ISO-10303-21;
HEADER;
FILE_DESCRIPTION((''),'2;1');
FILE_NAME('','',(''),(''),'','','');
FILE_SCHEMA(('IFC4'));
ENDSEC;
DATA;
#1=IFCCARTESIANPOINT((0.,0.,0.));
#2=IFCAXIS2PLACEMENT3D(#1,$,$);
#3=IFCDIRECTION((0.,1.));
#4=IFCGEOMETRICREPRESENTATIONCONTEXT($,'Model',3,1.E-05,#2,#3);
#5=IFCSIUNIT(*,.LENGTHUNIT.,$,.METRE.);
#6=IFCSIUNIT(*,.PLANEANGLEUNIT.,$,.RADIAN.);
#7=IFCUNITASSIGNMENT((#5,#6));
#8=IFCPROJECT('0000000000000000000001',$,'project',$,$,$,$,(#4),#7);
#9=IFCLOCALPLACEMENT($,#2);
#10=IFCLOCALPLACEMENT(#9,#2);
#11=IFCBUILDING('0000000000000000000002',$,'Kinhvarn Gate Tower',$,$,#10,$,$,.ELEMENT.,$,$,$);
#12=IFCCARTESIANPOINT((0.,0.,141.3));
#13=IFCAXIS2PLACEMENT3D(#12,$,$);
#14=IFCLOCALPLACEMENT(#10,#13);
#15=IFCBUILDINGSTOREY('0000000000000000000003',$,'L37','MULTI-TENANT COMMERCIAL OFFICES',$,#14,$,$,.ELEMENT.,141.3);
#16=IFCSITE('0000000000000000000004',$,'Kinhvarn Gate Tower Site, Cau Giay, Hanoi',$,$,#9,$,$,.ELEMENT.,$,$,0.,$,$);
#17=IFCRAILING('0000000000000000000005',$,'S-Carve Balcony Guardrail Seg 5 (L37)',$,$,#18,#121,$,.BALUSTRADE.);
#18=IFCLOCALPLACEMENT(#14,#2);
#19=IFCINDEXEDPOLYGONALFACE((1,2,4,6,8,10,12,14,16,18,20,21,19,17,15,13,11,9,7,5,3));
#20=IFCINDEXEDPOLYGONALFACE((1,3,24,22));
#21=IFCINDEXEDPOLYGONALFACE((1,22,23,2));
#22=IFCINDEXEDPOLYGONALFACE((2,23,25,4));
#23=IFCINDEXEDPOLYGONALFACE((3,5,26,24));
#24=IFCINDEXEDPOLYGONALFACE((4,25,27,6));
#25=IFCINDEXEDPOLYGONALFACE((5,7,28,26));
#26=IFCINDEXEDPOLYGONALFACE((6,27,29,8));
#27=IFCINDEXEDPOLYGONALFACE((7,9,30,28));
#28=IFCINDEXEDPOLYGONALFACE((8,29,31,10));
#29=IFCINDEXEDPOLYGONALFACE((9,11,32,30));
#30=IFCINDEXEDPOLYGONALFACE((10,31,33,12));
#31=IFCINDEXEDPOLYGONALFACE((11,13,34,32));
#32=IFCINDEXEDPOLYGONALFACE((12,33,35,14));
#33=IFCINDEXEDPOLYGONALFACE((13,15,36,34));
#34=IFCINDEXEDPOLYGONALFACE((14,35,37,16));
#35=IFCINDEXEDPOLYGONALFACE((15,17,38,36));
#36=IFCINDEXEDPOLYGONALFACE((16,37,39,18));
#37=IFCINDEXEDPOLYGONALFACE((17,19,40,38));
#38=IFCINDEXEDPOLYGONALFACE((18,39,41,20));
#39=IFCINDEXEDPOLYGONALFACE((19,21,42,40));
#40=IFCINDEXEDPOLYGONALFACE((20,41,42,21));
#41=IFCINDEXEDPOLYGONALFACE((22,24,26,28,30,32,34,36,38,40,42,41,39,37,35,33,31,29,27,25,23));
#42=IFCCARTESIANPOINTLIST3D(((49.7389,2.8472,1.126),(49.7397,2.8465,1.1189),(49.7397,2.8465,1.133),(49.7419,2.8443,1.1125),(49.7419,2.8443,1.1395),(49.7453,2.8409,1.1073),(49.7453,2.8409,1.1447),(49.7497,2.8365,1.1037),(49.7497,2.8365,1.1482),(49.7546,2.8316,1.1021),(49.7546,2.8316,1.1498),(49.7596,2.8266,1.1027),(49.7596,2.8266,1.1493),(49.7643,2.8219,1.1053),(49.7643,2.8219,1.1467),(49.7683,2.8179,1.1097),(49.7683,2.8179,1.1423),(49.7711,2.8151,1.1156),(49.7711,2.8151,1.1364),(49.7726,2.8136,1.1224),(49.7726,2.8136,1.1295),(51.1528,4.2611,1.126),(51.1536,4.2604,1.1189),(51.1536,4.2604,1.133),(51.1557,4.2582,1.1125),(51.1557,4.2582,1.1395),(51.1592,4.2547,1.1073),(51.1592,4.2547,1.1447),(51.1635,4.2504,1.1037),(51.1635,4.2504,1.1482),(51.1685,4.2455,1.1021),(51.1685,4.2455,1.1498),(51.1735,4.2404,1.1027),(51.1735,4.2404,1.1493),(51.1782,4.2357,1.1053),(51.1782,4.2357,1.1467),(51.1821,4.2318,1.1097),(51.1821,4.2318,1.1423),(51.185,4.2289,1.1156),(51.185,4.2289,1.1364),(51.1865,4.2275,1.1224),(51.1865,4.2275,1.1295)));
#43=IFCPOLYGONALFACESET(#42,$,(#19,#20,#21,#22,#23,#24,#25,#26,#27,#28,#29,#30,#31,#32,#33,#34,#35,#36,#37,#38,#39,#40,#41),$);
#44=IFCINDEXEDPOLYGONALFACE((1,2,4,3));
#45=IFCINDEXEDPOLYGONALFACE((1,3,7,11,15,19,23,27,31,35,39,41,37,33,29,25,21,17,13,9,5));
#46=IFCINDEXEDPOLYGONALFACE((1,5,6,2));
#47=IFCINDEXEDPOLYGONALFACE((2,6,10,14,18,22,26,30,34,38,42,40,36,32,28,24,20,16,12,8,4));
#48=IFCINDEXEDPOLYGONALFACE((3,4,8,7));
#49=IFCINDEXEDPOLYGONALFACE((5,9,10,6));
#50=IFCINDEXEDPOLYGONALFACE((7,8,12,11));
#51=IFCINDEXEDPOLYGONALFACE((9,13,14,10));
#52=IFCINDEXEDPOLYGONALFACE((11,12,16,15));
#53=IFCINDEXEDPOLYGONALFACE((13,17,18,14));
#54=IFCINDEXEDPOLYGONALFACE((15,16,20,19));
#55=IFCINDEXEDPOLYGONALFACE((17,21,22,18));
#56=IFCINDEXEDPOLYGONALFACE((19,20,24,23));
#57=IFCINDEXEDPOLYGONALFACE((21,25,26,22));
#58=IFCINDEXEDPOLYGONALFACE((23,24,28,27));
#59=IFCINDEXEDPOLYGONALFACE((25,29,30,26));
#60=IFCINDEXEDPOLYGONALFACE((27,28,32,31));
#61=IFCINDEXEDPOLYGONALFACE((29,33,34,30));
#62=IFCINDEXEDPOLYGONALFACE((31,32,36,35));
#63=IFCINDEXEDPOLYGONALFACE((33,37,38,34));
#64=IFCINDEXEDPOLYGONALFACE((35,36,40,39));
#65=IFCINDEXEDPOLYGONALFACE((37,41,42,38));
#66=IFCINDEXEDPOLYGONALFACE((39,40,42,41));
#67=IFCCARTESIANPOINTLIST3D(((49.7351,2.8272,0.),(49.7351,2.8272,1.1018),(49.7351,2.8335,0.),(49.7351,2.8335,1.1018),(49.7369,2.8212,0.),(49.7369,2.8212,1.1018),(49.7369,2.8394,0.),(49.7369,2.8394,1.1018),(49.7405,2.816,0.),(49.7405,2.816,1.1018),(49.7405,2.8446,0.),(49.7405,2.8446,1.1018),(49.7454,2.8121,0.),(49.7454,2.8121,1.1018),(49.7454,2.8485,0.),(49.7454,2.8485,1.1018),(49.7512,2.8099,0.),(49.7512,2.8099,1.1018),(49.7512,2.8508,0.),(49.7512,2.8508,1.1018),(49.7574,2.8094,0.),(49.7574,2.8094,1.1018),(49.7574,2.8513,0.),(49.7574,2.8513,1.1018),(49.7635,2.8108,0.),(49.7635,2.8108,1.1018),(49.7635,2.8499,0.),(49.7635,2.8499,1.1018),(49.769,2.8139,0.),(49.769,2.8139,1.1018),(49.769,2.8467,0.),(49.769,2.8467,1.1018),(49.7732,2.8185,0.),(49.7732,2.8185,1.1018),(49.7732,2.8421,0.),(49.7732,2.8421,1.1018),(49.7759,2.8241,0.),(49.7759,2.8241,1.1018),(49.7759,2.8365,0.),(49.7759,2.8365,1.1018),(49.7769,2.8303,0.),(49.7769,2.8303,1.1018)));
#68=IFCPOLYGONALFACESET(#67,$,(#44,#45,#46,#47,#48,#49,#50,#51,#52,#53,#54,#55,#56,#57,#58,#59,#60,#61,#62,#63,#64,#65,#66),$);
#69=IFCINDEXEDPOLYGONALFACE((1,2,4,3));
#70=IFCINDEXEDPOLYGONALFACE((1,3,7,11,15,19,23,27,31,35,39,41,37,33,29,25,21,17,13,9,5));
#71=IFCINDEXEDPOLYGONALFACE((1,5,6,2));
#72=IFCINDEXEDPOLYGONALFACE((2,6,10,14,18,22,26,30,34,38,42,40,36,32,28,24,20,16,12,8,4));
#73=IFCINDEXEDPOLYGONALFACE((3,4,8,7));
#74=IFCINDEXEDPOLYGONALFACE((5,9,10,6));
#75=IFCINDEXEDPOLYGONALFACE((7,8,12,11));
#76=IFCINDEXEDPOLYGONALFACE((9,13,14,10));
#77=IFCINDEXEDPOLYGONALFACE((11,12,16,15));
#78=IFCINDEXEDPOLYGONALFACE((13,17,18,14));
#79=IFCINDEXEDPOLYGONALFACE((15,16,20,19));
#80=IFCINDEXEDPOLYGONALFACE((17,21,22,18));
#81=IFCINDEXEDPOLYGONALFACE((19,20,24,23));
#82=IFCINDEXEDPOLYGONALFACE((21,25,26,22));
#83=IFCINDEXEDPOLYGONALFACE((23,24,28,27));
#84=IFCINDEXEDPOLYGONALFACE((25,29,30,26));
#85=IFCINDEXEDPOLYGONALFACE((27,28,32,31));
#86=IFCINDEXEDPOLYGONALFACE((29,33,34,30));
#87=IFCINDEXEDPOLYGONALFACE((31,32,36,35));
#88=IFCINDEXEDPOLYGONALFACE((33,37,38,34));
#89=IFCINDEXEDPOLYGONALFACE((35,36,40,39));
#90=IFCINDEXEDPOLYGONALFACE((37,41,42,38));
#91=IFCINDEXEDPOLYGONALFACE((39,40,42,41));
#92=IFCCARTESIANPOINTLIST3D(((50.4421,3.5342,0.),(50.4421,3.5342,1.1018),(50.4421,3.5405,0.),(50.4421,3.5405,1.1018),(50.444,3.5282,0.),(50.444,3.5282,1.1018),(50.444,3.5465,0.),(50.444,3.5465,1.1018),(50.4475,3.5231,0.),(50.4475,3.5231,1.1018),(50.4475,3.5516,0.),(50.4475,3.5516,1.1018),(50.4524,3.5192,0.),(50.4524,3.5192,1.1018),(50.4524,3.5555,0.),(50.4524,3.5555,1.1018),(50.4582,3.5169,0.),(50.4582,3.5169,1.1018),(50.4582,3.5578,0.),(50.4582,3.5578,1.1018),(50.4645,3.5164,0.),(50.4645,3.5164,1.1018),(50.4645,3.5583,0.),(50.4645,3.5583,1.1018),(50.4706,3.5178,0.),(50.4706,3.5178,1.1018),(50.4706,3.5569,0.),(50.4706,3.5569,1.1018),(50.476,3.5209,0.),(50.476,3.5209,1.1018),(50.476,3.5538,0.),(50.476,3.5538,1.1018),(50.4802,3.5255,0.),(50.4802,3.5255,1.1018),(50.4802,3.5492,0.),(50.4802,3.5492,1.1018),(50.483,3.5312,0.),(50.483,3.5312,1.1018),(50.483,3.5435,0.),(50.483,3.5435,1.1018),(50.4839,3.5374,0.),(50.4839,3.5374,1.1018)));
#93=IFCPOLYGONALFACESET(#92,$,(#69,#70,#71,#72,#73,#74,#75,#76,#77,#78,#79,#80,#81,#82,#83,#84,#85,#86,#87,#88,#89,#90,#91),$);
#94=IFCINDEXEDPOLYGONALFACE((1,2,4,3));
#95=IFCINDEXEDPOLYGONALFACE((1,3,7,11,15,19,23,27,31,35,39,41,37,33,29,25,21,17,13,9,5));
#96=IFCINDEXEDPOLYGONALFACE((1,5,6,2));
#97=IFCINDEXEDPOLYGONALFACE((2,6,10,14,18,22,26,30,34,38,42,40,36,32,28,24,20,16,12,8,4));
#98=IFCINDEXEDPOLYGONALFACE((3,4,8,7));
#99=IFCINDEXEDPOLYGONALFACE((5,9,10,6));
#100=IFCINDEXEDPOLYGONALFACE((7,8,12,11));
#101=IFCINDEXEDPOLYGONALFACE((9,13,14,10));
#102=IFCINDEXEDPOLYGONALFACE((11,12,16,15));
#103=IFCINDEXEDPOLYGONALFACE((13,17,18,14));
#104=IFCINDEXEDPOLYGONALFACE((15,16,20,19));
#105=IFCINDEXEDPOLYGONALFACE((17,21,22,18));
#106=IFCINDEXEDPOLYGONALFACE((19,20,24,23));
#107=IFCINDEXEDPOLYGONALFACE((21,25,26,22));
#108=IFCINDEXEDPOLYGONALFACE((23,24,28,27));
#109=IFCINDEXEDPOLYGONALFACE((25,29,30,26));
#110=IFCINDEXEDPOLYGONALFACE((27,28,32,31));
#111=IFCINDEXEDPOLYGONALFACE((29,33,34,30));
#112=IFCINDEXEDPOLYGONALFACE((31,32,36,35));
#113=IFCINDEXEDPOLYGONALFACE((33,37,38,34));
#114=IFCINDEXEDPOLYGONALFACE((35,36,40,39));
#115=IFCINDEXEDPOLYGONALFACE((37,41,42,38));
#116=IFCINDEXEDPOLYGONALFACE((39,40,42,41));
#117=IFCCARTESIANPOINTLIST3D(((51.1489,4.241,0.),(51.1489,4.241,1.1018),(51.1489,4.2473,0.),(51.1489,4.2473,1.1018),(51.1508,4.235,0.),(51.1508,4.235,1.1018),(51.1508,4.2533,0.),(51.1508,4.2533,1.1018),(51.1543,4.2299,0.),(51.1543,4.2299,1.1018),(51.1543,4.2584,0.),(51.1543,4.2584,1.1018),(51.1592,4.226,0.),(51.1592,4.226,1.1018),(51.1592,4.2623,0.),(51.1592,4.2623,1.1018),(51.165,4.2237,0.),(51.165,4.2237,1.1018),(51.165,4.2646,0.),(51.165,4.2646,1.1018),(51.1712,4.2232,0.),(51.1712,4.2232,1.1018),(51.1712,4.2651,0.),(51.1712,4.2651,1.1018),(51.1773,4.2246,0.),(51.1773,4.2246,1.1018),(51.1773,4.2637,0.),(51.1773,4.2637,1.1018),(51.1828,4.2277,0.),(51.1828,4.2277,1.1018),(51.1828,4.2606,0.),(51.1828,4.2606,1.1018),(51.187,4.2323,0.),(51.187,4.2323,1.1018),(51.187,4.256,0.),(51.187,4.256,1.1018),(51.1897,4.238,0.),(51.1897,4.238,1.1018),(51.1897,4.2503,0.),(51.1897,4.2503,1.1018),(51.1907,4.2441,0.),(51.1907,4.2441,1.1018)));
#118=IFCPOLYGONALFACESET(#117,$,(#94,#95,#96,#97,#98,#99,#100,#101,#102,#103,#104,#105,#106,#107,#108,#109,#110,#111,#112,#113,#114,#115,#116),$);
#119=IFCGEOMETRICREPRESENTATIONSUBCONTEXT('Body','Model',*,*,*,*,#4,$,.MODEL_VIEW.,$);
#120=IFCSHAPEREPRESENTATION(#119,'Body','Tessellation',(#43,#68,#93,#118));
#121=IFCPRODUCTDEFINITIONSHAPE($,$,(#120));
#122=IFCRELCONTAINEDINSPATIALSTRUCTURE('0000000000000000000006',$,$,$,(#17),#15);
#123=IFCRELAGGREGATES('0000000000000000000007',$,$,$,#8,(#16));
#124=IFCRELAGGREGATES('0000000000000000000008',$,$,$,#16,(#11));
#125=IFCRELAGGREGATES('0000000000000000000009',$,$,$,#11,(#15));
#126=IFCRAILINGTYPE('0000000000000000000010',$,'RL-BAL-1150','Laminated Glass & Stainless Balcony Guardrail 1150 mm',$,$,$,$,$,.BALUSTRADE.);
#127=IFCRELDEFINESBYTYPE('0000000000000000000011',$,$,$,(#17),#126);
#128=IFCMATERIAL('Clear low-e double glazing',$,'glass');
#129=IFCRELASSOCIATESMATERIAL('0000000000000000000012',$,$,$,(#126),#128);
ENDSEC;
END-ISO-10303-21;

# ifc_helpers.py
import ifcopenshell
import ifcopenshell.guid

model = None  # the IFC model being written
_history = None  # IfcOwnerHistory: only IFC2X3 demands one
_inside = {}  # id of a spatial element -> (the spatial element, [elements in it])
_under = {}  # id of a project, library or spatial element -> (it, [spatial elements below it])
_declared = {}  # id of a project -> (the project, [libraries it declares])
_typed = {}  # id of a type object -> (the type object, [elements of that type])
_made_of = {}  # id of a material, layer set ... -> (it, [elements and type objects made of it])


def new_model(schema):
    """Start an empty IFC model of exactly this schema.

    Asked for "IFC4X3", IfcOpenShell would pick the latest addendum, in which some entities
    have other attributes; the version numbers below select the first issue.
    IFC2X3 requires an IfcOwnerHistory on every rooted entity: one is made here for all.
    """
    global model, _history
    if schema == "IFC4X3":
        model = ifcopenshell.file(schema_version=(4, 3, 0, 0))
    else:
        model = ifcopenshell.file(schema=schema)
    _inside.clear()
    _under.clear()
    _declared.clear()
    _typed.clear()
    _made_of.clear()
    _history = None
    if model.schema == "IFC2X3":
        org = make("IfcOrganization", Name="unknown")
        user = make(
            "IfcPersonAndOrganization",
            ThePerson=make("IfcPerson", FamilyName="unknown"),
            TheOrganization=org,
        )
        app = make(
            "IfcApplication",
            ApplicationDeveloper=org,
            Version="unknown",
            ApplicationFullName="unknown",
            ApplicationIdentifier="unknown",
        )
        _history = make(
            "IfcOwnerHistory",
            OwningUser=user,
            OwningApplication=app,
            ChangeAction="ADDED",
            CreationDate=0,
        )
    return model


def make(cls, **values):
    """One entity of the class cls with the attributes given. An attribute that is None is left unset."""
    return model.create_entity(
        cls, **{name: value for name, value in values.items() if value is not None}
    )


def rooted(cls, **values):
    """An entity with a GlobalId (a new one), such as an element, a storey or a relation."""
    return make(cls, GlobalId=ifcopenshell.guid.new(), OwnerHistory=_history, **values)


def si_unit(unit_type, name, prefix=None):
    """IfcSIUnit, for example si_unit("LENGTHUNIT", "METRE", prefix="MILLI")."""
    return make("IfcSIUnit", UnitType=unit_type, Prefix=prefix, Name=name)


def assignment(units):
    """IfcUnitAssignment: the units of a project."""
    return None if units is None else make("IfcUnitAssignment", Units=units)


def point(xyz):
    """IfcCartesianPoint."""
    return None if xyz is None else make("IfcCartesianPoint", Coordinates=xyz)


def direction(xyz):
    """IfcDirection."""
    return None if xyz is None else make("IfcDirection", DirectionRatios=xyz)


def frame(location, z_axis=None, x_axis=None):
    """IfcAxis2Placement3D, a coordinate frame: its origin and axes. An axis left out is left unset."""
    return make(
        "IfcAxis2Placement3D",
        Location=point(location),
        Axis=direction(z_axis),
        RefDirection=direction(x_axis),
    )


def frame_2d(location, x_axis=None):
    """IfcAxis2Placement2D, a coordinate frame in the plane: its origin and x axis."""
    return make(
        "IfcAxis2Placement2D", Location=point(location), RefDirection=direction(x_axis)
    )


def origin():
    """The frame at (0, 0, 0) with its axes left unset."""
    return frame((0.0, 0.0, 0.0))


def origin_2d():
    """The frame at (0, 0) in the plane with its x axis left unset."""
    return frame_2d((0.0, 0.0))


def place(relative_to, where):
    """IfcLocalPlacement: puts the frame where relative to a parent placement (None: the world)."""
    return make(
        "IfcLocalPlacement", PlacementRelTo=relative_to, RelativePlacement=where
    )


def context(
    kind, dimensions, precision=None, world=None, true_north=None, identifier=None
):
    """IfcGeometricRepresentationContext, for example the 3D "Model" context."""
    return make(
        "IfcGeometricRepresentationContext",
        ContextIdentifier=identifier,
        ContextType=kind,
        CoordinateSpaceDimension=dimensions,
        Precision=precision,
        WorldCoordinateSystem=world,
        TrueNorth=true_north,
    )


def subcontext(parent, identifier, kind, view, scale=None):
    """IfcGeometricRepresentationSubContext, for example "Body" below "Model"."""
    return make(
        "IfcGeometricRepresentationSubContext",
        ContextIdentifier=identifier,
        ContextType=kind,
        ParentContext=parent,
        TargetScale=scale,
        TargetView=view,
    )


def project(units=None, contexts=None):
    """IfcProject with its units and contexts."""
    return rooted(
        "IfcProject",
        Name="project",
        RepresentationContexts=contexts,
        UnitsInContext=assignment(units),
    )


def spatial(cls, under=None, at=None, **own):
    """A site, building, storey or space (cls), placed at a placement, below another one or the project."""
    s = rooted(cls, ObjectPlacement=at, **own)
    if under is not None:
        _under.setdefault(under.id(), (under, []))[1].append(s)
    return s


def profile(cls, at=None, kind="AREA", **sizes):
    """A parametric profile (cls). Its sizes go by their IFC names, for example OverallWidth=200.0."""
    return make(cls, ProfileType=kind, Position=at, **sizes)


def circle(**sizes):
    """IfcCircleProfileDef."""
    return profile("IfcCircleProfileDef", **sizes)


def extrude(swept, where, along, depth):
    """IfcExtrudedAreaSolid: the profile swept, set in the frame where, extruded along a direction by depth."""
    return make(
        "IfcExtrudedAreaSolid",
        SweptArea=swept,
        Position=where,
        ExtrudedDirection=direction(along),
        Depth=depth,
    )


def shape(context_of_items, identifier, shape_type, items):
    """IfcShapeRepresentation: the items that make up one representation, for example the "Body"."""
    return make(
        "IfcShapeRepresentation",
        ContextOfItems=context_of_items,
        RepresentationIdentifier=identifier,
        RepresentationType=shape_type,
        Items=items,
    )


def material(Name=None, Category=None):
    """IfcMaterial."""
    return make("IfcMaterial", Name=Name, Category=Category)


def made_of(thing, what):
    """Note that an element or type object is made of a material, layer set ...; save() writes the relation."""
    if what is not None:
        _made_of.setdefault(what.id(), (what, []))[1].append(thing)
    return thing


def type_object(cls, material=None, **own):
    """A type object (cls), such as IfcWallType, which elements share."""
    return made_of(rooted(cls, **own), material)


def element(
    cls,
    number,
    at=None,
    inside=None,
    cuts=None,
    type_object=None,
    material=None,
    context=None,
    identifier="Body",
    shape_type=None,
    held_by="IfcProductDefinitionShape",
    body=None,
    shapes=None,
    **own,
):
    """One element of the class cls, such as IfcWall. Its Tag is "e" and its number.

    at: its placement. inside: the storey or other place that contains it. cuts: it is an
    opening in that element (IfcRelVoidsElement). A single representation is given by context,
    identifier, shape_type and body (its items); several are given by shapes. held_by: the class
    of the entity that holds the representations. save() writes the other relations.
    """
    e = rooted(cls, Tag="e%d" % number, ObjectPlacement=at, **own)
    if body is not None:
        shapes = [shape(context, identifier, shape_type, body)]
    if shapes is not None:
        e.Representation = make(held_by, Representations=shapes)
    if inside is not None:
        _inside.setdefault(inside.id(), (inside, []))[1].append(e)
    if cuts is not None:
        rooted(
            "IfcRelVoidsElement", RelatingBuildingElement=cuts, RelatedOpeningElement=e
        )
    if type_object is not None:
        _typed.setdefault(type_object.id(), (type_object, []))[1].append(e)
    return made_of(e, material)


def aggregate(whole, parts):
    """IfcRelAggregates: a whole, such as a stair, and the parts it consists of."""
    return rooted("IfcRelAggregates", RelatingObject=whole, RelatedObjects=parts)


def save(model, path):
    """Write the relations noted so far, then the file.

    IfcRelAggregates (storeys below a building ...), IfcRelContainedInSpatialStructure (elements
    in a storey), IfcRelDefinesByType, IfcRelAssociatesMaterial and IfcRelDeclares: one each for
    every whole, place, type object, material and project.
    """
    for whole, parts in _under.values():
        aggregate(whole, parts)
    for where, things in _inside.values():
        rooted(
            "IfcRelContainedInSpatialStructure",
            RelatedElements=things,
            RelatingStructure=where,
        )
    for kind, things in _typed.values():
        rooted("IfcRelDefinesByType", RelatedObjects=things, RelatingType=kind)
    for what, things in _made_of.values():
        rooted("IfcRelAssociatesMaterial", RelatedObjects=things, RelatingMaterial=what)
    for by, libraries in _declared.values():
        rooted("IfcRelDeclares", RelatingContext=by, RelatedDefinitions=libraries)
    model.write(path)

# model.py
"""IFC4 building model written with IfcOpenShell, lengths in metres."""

from ifc_helpers import new_model, si_unit, direction, frame, origin, origin_2d, place, context, subcontext, project, spatial, circle, extrude, material, type_object, element, save


model = new_model("IFC4")

# Units and contexts
model_context = context("Model", 3, precision=1e-05, world=origin(), true_north=direction((0.0, 1.0)))
body_context = subcontext(model_context, "Body", "Model", "MODEL_VIEW")
ifc_project = project(units=[si_unit("LENGTHUNIT", "METRE"), si_unit("PLANEANGLEUNIT", "RADIAN")], contexts=[model_context])

# Site, building, storey
site_placement = place(None, origin())
site = spatial("IfcSite", under=ifc_project, at=site_placement, Name="Kinhvarn Gate Tower Site, Cau Giay, Hanoi", CompositionType="ELEMENT", RefElevation=0.0)
building_placement = place(site_placement, origin())
building = spatial("IfcBuilding", under=site, at=building_placement, Name="Kinhvarn Gate Tower", CompositionType="ELEMENT")
storey_placement = place(building_placement, frame((0.0, 0.0, 141.3)))
storey = spatial("IfcBuildingStorey", under=building, at=storey_placement, Name="L37", Description="MULTI-TENANT COMMERCIAL OFFICES", CompositionType="ELEMENT", Elevation=141.3)

# Shared definitions
ifc_material_1 = material(Name="Clear low-e double glazing", Category="glass")

# Railing
railing_type = type_object("IfcRailingType", Name="RL-BAL-1150", Description="Laminated Glass & Stainless Balcony Guardrail 1150 mm", PredefinedType="BALUSTRADE", material=ifc_material_1)
railing_1_placement = place(storey_placement, frame((49.7559, 2.8303, 0.0)))
element("IfcRailing", 1, at=railing_1_placement, inside=storey, type_object=railing_type, Name="S-Carve Balcony Guardrail Seg 5 (L37)", PredefinedType="BALUSTRADE", context=body_context, shape_type="SweptSolid", body=[
    extrude(circle(Radius=0.0239, at=origin_2d()), frame((0.0, 0.0, 1.126), z_axis=(0.707107, 0.707107, 0.0), x_axis=(-0.707107, 0.707107, 0.0)), (0.0, 0.0, 1.0), 1.9995),
    extrude(circle(Radius=0.021, at=origin_2d()), origin(), (0.0, 0.0, 1.0), 1.1018),
    extrude(circle(Radius=0.021, at=origin_2d()), frame((0.707, 0.707, 0.0)), (0.0, 0.0, 1.0), 1.1018),
    extrude(circle(Radius=0.021, at=origin_2d()), frame((1.4138, 1.4138, 0.0)), (0.0, 0.0, 1.0), 1.1018),
])

save(model, "model.ifc")
